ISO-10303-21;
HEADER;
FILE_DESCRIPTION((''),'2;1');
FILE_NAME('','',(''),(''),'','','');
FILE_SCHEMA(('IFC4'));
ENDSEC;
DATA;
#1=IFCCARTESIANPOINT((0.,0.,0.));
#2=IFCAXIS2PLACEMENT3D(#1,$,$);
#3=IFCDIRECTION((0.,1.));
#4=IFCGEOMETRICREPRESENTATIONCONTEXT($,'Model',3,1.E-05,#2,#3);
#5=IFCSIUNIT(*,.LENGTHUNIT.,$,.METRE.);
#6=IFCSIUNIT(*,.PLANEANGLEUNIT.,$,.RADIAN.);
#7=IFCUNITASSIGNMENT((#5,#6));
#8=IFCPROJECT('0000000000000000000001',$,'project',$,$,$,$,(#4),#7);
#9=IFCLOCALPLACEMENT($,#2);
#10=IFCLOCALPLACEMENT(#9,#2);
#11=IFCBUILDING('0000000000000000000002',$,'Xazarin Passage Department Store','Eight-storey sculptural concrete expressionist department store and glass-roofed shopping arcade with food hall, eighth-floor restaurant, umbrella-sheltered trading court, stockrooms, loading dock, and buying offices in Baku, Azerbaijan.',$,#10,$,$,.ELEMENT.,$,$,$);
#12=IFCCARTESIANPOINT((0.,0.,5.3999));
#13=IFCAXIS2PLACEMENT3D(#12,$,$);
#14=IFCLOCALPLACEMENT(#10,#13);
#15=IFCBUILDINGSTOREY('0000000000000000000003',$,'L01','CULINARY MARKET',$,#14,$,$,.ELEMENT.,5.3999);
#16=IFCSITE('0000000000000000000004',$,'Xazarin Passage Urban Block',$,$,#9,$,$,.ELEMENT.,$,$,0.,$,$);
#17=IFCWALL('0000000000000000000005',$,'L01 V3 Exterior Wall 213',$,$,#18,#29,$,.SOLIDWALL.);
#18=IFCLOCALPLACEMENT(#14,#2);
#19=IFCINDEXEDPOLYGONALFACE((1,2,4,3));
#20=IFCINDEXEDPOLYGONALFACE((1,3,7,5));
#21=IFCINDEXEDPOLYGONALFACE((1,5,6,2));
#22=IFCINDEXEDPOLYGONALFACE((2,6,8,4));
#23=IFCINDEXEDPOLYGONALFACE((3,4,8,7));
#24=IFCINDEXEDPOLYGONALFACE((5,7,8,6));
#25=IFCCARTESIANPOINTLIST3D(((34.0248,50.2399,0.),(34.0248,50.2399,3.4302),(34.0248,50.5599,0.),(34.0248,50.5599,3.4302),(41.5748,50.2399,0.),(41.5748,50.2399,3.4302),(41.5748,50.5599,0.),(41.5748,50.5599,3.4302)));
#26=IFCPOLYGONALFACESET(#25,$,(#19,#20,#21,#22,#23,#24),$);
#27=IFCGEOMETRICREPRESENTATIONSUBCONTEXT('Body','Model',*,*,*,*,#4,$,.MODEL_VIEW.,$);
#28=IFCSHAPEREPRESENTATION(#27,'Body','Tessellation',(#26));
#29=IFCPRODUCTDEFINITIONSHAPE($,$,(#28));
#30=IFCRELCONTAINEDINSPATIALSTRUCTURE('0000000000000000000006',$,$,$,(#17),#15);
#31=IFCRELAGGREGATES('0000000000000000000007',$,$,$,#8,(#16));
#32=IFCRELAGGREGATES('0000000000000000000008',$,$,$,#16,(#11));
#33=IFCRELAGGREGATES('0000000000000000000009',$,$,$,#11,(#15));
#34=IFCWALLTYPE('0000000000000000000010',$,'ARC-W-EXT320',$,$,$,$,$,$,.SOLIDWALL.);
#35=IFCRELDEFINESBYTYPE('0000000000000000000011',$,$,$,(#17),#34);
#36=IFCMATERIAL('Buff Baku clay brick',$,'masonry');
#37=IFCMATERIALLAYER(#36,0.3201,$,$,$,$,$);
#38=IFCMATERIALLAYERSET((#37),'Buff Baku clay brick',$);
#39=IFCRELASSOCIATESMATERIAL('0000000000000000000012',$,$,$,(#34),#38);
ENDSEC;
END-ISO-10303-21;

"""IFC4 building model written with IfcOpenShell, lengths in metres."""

from ifc_helpers import new_model, si_unit, direction, frame, frame_2d, origin, place, context, subcontext, project, spatial, rectangle, extrude, material, layer, layer_set, type_object, element, save


model = new_model("IFC4")

# Units and contexts
model_context = context("Model", 3, precision=1e-05, world=origin(), true_north=direction((0.0, 1.0)))
body_context = subcontext(model_context, "Body", "Model", "MODEL_VIEW")
ifc_project = project(units=[si_unit("LENGTHUNIT", "METRE"), si_unit("PLANEANGLEUNIT", "RADIAN")], contexts=[model_context])

# Site, building, storey
site_placement = place(None, origin())
site = spatial("IfcSite", under=ifc_project, at=site_placement, Name="Xazarin Passage Urban Block", CompositionType="ELEMENT", RefElevation=0.0)
building_placement = place(site_placement, origin())
building = spatial("IfcBuilding", under=site, at=building_placement, Name="Xazarin Passage Department Store", Description="Eight-storey sculptural concrete expressionist department store and glass-roofed shopping arcade with food hall, eighth-floor restaurant, umbrella-sheltered trading court, stockrooms, loading dock, and buying offices in Baku, Azerbaijan.", CompositionType="ELEMENT")
storey_placement = place(building_placement, frame((0.0, 0.0, 5.3999)))
storey = spatial("IfcBuildingStorey", under=building, at=storey_placement, Name="L01", Description="CULINARY MARKET", CompositionType="ELEMENT", Elevation=5.3999)

# Wall
ifc_material_1 = material(Name="Buff Baku clay brick", Category="masonry")
ifc_layer_1 = layer(ifc_material_1, 0.3201)
ifc_layer_set_1 = layer_set([ifc_layer_1], Name="Buff Baku clay brick")
wall_type = type_object("IfcWallType", Name="ARC-W-EXT320", PredefinedType="SOLIDWALL", material=ifc_layer_set_1)
wall_placement = place(storey_placement, frame((34.0249, 50.3999, 0.0), z_axis=(0.0, 0.0, 1.0), x_axis=(1.0, 0.0, 0.0)))
element("IfcWall", 1, at=wall_placement, inside=storey, type_object=wall_type, Name="L01 V3 Exterior Wall 213", PredefinedType="SOLIDWALL", context=body_context, shape_type="SweptSolid", body=[
    extrude(rectangle(XDim=7.55, YDim=0.3201, at=frame_2d((3.7749, 0.0))), origin(), (0.0, 0.0, 1.0), 3.4302),
])

save(model, "model.ifc")
